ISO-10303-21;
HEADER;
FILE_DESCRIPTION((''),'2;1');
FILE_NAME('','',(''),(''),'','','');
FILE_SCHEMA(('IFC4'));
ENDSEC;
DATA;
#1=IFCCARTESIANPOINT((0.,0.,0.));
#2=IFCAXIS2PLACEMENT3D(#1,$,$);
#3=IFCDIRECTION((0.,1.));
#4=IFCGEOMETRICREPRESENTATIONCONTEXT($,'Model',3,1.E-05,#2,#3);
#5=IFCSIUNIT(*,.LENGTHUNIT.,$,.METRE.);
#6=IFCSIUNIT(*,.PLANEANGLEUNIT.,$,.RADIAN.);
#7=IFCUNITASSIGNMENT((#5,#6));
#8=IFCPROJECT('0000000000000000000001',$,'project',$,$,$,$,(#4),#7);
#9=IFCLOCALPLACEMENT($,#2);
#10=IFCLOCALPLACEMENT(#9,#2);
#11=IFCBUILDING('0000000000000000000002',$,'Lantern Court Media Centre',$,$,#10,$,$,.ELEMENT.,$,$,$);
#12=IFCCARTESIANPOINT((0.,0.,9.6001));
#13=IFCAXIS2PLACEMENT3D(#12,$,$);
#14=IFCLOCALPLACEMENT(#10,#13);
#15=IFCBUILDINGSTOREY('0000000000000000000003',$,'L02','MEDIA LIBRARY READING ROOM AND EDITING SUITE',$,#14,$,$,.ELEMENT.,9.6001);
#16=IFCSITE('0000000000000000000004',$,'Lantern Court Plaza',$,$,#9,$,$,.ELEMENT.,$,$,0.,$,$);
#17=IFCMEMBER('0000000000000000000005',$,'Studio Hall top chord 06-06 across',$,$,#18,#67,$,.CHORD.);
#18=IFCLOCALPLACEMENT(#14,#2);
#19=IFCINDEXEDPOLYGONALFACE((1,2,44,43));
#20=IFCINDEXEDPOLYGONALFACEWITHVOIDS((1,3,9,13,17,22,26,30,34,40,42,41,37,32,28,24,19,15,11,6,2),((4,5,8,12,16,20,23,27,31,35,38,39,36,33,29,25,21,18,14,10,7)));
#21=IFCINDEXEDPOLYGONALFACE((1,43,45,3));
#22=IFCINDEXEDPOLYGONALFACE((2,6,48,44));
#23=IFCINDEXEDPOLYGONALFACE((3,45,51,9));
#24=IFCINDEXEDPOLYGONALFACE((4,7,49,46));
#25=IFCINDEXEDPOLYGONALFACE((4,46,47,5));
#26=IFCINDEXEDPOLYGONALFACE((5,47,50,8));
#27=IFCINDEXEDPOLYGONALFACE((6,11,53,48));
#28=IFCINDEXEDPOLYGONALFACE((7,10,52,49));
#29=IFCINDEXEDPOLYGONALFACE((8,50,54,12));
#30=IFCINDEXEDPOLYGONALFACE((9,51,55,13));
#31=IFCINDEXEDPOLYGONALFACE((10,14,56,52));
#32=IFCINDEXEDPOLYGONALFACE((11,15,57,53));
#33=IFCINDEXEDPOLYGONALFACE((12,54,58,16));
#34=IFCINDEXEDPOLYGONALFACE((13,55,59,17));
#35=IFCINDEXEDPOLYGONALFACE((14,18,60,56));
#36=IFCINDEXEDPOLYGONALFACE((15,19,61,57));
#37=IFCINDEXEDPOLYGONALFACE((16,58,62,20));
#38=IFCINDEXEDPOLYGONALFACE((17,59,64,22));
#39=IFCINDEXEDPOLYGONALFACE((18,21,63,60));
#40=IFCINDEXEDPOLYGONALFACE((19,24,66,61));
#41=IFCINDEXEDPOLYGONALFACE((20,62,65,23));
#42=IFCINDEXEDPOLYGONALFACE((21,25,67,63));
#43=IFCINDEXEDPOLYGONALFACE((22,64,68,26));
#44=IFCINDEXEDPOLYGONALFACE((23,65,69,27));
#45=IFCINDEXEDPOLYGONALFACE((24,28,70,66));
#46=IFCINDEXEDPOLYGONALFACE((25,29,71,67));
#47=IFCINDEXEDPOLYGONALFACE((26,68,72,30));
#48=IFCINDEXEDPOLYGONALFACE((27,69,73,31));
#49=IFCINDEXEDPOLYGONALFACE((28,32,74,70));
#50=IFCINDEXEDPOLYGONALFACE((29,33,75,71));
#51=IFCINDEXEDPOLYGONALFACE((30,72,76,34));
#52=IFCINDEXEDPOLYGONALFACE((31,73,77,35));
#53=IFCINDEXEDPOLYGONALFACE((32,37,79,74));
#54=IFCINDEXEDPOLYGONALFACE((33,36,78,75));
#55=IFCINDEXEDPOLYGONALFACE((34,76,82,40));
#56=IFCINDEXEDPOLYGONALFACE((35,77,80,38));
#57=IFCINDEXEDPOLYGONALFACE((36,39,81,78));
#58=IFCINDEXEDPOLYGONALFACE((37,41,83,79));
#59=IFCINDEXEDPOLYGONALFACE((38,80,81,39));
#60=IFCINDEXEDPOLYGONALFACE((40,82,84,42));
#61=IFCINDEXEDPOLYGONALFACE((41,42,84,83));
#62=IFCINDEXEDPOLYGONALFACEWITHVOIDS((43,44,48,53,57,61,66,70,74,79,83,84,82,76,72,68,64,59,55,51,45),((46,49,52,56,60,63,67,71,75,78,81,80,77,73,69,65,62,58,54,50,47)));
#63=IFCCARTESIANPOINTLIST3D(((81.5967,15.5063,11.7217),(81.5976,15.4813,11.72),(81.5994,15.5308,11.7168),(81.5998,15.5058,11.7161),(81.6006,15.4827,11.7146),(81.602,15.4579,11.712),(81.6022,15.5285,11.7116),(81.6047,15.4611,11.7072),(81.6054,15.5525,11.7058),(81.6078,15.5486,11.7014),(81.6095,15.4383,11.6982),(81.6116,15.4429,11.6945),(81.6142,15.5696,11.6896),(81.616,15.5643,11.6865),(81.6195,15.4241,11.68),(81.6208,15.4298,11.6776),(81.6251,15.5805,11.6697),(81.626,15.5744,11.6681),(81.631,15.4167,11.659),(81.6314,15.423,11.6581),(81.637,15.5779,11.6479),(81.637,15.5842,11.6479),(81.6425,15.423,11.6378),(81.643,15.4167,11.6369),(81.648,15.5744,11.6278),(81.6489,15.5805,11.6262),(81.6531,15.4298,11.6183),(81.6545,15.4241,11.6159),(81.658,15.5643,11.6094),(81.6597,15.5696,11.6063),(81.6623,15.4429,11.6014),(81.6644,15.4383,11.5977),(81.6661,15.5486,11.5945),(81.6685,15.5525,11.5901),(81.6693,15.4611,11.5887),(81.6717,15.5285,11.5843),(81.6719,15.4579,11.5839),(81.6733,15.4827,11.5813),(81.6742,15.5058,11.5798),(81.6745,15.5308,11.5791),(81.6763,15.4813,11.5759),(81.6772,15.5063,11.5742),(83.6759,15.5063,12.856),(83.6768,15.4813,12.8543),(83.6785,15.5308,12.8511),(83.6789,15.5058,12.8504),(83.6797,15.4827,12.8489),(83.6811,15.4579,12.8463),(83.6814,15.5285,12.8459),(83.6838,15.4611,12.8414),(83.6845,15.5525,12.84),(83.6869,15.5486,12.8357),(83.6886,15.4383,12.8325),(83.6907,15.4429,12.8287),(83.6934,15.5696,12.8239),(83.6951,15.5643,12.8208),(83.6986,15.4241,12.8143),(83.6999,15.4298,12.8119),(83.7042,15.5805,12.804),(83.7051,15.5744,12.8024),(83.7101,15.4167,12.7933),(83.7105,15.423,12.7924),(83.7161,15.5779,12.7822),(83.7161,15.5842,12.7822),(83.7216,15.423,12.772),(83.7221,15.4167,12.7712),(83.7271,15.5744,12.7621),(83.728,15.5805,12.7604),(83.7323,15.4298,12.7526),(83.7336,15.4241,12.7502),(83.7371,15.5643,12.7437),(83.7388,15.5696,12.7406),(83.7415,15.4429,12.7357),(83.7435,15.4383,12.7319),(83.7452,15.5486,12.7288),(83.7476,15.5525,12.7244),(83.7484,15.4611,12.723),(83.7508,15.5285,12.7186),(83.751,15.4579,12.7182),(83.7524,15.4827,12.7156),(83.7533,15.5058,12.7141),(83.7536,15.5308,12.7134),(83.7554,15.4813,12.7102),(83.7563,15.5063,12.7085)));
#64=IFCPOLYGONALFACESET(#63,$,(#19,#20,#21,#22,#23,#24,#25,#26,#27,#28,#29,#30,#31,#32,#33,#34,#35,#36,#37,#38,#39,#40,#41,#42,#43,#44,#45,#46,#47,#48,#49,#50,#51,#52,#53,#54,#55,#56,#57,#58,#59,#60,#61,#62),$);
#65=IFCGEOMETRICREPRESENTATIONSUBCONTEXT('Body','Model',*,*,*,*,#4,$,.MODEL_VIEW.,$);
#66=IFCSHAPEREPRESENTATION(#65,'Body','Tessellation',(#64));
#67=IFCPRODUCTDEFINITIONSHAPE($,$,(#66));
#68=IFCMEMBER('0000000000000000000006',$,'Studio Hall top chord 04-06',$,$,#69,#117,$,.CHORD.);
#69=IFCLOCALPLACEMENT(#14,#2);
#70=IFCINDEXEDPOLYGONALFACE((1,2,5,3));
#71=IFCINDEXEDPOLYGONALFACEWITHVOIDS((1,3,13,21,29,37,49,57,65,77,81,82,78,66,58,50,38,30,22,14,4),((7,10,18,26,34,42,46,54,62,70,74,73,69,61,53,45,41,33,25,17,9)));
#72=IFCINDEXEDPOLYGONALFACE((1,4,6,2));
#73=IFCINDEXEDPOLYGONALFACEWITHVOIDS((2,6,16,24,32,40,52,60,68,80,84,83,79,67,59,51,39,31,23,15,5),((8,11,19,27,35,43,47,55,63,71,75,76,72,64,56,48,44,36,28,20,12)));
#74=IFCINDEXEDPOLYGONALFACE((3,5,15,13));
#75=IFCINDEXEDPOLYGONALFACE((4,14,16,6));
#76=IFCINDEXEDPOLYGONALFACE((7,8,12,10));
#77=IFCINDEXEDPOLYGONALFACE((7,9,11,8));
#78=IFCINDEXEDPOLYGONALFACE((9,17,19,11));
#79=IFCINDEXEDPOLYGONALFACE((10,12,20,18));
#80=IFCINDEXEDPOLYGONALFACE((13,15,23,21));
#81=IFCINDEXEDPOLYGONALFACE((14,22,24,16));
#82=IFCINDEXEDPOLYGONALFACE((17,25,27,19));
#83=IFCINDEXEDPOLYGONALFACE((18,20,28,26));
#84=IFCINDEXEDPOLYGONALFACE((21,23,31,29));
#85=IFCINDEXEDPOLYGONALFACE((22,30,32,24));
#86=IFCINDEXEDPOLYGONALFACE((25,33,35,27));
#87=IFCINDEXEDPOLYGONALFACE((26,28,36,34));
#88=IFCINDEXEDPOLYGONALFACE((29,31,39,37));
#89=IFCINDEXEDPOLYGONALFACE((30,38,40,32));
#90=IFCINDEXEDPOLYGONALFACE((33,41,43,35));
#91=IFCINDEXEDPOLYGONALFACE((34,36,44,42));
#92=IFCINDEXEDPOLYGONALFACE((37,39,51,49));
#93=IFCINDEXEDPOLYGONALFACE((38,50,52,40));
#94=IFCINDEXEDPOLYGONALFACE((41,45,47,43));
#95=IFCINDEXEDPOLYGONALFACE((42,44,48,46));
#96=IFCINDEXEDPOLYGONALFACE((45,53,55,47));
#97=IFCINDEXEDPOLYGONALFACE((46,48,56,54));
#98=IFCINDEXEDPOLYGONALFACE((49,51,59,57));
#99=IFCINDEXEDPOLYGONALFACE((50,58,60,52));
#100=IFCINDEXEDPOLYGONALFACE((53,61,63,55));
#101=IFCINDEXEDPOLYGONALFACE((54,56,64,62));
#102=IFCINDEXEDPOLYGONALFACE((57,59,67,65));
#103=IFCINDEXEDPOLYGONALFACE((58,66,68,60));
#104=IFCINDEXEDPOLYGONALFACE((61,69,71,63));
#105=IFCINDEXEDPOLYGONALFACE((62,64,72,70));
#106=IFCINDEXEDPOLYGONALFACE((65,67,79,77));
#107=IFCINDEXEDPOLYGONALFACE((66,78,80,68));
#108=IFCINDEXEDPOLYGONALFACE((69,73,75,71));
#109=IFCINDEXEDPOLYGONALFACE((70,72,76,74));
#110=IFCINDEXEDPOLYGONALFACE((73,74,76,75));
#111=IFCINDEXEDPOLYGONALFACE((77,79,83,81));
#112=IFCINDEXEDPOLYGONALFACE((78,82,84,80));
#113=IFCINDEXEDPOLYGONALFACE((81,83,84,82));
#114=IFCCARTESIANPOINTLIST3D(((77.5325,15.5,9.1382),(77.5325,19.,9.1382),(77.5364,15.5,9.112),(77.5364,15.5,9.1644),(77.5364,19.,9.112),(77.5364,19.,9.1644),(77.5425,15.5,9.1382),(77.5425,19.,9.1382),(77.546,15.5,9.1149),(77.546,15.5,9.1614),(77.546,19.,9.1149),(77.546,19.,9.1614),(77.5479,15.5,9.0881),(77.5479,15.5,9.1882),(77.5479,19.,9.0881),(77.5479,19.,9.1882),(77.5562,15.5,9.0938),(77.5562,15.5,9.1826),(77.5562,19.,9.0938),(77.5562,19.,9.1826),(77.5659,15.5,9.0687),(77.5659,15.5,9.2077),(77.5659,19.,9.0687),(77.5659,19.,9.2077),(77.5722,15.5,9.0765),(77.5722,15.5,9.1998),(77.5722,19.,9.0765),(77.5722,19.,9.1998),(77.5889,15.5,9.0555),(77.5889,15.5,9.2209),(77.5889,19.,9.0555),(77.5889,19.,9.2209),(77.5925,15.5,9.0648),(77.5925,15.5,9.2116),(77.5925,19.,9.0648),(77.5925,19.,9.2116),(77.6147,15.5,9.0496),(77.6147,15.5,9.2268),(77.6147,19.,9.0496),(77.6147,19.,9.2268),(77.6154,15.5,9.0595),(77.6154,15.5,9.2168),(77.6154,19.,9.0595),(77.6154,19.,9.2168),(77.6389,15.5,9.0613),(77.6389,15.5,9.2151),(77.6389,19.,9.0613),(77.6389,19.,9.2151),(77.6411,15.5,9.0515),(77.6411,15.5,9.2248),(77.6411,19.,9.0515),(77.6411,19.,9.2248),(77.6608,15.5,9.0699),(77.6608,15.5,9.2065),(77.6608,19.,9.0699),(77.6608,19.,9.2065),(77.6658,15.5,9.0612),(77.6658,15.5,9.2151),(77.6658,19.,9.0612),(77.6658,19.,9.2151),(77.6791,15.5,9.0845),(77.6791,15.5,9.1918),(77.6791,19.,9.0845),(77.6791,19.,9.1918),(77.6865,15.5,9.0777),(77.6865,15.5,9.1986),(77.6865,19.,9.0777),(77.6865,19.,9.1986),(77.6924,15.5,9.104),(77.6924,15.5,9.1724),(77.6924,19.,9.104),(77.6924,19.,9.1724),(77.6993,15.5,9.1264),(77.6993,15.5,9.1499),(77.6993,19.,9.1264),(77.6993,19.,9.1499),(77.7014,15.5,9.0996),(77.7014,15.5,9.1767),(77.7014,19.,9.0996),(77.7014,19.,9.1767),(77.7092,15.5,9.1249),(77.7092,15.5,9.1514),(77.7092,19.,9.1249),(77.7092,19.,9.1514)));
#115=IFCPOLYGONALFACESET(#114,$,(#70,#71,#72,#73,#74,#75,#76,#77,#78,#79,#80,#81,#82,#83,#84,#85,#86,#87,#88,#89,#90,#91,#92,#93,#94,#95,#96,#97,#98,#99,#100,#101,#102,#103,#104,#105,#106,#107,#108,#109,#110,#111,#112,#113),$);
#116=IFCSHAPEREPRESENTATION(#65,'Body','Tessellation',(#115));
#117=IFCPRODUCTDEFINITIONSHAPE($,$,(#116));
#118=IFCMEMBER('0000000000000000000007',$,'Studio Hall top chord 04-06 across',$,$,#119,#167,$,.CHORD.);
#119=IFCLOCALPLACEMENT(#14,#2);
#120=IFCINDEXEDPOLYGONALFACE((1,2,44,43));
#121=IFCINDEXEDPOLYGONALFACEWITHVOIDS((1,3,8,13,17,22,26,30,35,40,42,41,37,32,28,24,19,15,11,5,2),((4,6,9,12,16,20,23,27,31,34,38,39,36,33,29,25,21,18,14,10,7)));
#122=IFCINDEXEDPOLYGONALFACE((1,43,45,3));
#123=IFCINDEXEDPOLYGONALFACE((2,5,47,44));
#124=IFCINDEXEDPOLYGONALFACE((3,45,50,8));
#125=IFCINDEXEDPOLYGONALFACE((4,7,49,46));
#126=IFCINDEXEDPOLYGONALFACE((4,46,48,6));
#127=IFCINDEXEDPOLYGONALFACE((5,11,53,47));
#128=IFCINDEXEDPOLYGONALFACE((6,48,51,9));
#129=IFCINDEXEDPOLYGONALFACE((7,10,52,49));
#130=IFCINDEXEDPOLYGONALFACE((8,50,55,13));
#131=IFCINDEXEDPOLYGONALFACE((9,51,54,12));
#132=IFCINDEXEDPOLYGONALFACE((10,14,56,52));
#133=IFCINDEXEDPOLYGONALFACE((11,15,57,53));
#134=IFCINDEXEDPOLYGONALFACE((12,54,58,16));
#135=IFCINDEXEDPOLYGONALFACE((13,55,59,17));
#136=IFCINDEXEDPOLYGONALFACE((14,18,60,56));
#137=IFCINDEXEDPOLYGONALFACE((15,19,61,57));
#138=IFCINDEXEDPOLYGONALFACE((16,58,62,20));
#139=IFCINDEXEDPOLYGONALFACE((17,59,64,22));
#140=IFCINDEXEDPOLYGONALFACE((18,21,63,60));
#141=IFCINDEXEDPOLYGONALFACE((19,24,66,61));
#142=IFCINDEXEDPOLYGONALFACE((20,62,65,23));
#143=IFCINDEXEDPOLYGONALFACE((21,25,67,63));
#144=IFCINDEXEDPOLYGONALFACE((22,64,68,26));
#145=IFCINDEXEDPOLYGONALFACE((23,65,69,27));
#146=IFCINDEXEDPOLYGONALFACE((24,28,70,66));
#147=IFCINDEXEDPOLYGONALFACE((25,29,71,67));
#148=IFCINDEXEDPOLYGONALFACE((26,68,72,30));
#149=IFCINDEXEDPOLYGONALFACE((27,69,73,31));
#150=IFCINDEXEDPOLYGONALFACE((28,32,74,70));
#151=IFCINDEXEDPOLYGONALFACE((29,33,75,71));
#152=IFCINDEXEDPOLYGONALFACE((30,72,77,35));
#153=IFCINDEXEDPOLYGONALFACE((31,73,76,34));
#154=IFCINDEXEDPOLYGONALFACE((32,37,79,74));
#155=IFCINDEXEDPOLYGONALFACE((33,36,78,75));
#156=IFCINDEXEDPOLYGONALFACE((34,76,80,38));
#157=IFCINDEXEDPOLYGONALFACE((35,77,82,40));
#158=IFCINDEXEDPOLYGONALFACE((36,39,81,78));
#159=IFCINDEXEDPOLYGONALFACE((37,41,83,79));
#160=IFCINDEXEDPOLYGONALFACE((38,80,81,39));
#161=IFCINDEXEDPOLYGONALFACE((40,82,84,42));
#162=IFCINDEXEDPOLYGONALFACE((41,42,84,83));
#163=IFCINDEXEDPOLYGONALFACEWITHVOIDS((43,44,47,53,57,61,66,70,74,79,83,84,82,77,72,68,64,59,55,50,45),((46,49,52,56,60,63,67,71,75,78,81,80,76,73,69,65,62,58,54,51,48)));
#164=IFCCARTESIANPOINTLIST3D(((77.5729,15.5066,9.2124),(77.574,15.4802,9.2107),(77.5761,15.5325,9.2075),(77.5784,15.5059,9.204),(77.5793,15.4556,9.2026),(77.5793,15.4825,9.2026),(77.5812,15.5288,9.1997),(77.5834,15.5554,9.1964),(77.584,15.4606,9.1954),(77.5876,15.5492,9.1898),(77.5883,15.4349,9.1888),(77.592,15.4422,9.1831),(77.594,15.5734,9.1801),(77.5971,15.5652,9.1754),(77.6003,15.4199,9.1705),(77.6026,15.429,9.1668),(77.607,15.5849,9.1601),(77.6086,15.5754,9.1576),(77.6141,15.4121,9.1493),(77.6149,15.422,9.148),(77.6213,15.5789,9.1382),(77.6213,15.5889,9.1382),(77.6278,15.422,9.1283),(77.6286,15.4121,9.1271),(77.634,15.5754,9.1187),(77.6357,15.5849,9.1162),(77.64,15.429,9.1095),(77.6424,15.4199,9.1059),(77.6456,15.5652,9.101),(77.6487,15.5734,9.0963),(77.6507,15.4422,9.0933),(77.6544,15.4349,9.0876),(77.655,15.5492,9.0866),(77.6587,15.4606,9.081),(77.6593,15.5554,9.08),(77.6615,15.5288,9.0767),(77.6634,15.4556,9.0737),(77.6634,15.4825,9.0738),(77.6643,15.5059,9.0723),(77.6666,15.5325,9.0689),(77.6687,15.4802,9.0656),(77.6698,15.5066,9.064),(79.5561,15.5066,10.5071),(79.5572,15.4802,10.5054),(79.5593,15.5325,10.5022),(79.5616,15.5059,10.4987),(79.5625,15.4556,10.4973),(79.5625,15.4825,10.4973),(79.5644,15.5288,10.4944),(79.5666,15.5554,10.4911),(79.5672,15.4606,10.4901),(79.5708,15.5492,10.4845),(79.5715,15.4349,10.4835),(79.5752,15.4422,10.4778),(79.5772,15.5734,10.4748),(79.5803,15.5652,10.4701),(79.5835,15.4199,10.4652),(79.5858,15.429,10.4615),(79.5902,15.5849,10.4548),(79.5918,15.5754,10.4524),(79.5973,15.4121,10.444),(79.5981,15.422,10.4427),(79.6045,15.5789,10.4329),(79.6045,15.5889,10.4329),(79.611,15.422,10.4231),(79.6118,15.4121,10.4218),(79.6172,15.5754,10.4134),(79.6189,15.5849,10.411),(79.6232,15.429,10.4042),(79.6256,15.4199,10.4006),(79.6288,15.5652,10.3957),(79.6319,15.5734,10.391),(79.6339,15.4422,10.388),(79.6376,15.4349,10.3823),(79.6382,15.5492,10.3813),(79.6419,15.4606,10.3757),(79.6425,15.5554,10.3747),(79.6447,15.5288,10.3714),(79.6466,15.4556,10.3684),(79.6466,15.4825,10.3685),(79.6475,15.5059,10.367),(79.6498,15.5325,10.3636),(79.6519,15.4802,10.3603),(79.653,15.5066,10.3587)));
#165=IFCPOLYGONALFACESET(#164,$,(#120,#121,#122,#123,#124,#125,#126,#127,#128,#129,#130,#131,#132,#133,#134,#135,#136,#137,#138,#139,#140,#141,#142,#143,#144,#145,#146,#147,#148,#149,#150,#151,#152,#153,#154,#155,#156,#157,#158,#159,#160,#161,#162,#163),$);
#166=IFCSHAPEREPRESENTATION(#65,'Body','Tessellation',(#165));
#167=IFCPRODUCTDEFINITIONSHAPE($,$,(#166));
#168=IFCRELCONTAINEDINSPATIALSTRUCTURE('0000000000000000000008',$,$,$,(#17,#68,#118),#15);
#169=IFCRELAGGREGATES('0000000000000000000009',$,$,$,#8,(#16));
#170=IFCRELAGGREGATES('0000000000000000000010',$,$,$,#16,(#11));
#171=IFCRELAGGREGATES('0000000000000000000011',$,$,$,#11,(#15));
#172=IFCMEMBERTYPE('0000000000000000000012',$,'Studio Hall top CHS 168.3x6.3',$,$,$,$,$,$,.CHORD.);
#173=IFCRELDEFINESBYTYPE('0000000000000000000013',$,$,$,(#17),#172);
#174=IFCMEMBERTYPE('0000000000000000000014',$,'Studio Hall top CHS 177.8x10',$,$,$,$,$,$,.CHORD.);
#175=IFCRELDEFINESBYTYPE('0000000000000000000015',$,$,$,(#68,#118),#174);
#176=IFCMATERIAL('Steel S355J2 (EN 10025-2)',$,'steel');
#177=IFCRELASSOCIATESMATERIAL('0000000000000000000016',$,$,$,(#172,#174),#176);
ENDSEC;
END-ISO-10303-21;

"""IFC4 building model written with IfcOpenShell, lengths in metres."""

from ifc_helpers import new_model, si_unit, direction, frame, origin, origin_2d, place, context, subcontext, project, spatial, hollow_circle, extrude, material, material_profile, profile_set, type_object, element, save


model = new_model("IFC4")

# Units and contexts
model_context = context("Model", 3, precision=1e-05, world=origin(), true_north=direction((0.0, 1.0)))
body_context = subcontext(model_context, "Body", "Model", "MODEL_VIEW")
ifc_project = project(units=[si_unit("LENGTHUNIT", "METRE"), si_unit("PLANEANGLEUNIT", "RADIAN")], contexts=[model_context])

# Site, building, storey
site_placement = place(None, origin())
site = spatial("IfcSite", under=ifc_project, at=site_placement, Name="Lantern Court Plaza", CompositionType="ELEMENT", RefElevation=0.0)
building_placement = place(site_placement, origin())
building = spatial("IfcBuilding", under=site, at=building_placement, Name="Lantern Court Media Centre", CompositionType="ELEMENT")
storey_placement = place(building_placement, frame((0.0, 0.0, 9.6001)))
storey = spatial("IfcBuildingStorey", under=building, at=storey_placement, Name="L02", Description="MEDIA LIBRARY READING ROOM AND EDITING SUITE", CompositionType="ELEMENT", Elevation=9.6001)

# Members
ifc_material = material(Name="Steel S355J2 (EN 10025-2)", Category="steel")
ifc_material_profile_1 = material_profile(ifc_material, hollow_circle(Radius=0.0842, WallThickness=0.0063, at=origin_2d()), Name="Studio Hall top CHS 168.3x6.3")
ifc_profile_set_1 = profile_set([ifc_material_profile_1], Name="Steel S355J2 (EN 10025-2)")
member_type_1 = type_object("IfcMemberType", Name="Studio Hall top CHS 168.3x6.3", PredefinedType="CHORD", material=ifc_profile_set_1)
for number, where, z_axis, x_axis, name in (
    (1, (81.637, 15.5, 11.6479), (0.877856, 0.0, 0.478924), (0.0, 1.0, 0.0), "Studio Hall top chord 06-06 across"),
):
    element("IfcMember", number, at=place(storey_placement, frame(where, z_axis=z_axis, x_axis=x_axis)), inside=storey, type_object=member_type_1, Name=name, PredefinedType="CHORD", context=body_context, shape_type="SweptSolid", body=[
        extrude(hollow_circle(Radius=0.0842, WallThickness=0.0063, at=origin_2d()), origin(), (0.0, 0.0, 1.0), 2.3684),
    ])
ifc_material_profile_2 = material_profile(ifc_material, hollow_circle(Radius=0.0889, WallThickness=0.01, at=origin_2d()), Name="Studio Hall top CHS 177.8x10")
ifc_profile_set_2 = profile_set([ifc_material_profile_2], Name="Steel S355J2 (EN 10025-2)")
member_type_2 = type_object("IfcMemberType", Name="Studio Hall top CHS 177.8x10", PredefinedType="CHORD", material=ifc_profile_set_2)
member_1_placement = place(storey_placement, frame((77.6213, 15.5, 9.1382), z_axis=(0.0, 1.0, 0.0), x_axis=(-1.0, 0.0, 0.0)))
element("IfcMember", 2, at=member_1_placement, inside=storey, type_object=member_type_2, Name="Studio Hall top chord 04-06", PredefinedType="CHORD", context=body_context, shape_type="SweptSolid", body=[
    extrude(hollow_circle(Radius=0.0889, WallThickness=0.01, at=origin_2d()), origin(), (0.0, 0.0, 1.0), 3.5),
])
member_2_placement = place(storey_placement, frame((77.6213, 15.5, 9.1382), z_axis=(0.837356, 0.0, 0.546658), x_axis=(0.0, 1.0, 0.0)))
element("IfcMember", 3, at=member_2_placement, inside=storey, type_object=member_type_2, Name="Studio Hall top chord 04-06 across", PredefinedType="CHORD", context=body_context, shape_type="SweptSolid", body=[
    extrude(hollow_circle(Radius=0.0889, WallThickness=0.01, at=origin_2d()), origin(), (0.0, 0.0, 1.0), 2.3684),
])

save(model, "model.ifc")
